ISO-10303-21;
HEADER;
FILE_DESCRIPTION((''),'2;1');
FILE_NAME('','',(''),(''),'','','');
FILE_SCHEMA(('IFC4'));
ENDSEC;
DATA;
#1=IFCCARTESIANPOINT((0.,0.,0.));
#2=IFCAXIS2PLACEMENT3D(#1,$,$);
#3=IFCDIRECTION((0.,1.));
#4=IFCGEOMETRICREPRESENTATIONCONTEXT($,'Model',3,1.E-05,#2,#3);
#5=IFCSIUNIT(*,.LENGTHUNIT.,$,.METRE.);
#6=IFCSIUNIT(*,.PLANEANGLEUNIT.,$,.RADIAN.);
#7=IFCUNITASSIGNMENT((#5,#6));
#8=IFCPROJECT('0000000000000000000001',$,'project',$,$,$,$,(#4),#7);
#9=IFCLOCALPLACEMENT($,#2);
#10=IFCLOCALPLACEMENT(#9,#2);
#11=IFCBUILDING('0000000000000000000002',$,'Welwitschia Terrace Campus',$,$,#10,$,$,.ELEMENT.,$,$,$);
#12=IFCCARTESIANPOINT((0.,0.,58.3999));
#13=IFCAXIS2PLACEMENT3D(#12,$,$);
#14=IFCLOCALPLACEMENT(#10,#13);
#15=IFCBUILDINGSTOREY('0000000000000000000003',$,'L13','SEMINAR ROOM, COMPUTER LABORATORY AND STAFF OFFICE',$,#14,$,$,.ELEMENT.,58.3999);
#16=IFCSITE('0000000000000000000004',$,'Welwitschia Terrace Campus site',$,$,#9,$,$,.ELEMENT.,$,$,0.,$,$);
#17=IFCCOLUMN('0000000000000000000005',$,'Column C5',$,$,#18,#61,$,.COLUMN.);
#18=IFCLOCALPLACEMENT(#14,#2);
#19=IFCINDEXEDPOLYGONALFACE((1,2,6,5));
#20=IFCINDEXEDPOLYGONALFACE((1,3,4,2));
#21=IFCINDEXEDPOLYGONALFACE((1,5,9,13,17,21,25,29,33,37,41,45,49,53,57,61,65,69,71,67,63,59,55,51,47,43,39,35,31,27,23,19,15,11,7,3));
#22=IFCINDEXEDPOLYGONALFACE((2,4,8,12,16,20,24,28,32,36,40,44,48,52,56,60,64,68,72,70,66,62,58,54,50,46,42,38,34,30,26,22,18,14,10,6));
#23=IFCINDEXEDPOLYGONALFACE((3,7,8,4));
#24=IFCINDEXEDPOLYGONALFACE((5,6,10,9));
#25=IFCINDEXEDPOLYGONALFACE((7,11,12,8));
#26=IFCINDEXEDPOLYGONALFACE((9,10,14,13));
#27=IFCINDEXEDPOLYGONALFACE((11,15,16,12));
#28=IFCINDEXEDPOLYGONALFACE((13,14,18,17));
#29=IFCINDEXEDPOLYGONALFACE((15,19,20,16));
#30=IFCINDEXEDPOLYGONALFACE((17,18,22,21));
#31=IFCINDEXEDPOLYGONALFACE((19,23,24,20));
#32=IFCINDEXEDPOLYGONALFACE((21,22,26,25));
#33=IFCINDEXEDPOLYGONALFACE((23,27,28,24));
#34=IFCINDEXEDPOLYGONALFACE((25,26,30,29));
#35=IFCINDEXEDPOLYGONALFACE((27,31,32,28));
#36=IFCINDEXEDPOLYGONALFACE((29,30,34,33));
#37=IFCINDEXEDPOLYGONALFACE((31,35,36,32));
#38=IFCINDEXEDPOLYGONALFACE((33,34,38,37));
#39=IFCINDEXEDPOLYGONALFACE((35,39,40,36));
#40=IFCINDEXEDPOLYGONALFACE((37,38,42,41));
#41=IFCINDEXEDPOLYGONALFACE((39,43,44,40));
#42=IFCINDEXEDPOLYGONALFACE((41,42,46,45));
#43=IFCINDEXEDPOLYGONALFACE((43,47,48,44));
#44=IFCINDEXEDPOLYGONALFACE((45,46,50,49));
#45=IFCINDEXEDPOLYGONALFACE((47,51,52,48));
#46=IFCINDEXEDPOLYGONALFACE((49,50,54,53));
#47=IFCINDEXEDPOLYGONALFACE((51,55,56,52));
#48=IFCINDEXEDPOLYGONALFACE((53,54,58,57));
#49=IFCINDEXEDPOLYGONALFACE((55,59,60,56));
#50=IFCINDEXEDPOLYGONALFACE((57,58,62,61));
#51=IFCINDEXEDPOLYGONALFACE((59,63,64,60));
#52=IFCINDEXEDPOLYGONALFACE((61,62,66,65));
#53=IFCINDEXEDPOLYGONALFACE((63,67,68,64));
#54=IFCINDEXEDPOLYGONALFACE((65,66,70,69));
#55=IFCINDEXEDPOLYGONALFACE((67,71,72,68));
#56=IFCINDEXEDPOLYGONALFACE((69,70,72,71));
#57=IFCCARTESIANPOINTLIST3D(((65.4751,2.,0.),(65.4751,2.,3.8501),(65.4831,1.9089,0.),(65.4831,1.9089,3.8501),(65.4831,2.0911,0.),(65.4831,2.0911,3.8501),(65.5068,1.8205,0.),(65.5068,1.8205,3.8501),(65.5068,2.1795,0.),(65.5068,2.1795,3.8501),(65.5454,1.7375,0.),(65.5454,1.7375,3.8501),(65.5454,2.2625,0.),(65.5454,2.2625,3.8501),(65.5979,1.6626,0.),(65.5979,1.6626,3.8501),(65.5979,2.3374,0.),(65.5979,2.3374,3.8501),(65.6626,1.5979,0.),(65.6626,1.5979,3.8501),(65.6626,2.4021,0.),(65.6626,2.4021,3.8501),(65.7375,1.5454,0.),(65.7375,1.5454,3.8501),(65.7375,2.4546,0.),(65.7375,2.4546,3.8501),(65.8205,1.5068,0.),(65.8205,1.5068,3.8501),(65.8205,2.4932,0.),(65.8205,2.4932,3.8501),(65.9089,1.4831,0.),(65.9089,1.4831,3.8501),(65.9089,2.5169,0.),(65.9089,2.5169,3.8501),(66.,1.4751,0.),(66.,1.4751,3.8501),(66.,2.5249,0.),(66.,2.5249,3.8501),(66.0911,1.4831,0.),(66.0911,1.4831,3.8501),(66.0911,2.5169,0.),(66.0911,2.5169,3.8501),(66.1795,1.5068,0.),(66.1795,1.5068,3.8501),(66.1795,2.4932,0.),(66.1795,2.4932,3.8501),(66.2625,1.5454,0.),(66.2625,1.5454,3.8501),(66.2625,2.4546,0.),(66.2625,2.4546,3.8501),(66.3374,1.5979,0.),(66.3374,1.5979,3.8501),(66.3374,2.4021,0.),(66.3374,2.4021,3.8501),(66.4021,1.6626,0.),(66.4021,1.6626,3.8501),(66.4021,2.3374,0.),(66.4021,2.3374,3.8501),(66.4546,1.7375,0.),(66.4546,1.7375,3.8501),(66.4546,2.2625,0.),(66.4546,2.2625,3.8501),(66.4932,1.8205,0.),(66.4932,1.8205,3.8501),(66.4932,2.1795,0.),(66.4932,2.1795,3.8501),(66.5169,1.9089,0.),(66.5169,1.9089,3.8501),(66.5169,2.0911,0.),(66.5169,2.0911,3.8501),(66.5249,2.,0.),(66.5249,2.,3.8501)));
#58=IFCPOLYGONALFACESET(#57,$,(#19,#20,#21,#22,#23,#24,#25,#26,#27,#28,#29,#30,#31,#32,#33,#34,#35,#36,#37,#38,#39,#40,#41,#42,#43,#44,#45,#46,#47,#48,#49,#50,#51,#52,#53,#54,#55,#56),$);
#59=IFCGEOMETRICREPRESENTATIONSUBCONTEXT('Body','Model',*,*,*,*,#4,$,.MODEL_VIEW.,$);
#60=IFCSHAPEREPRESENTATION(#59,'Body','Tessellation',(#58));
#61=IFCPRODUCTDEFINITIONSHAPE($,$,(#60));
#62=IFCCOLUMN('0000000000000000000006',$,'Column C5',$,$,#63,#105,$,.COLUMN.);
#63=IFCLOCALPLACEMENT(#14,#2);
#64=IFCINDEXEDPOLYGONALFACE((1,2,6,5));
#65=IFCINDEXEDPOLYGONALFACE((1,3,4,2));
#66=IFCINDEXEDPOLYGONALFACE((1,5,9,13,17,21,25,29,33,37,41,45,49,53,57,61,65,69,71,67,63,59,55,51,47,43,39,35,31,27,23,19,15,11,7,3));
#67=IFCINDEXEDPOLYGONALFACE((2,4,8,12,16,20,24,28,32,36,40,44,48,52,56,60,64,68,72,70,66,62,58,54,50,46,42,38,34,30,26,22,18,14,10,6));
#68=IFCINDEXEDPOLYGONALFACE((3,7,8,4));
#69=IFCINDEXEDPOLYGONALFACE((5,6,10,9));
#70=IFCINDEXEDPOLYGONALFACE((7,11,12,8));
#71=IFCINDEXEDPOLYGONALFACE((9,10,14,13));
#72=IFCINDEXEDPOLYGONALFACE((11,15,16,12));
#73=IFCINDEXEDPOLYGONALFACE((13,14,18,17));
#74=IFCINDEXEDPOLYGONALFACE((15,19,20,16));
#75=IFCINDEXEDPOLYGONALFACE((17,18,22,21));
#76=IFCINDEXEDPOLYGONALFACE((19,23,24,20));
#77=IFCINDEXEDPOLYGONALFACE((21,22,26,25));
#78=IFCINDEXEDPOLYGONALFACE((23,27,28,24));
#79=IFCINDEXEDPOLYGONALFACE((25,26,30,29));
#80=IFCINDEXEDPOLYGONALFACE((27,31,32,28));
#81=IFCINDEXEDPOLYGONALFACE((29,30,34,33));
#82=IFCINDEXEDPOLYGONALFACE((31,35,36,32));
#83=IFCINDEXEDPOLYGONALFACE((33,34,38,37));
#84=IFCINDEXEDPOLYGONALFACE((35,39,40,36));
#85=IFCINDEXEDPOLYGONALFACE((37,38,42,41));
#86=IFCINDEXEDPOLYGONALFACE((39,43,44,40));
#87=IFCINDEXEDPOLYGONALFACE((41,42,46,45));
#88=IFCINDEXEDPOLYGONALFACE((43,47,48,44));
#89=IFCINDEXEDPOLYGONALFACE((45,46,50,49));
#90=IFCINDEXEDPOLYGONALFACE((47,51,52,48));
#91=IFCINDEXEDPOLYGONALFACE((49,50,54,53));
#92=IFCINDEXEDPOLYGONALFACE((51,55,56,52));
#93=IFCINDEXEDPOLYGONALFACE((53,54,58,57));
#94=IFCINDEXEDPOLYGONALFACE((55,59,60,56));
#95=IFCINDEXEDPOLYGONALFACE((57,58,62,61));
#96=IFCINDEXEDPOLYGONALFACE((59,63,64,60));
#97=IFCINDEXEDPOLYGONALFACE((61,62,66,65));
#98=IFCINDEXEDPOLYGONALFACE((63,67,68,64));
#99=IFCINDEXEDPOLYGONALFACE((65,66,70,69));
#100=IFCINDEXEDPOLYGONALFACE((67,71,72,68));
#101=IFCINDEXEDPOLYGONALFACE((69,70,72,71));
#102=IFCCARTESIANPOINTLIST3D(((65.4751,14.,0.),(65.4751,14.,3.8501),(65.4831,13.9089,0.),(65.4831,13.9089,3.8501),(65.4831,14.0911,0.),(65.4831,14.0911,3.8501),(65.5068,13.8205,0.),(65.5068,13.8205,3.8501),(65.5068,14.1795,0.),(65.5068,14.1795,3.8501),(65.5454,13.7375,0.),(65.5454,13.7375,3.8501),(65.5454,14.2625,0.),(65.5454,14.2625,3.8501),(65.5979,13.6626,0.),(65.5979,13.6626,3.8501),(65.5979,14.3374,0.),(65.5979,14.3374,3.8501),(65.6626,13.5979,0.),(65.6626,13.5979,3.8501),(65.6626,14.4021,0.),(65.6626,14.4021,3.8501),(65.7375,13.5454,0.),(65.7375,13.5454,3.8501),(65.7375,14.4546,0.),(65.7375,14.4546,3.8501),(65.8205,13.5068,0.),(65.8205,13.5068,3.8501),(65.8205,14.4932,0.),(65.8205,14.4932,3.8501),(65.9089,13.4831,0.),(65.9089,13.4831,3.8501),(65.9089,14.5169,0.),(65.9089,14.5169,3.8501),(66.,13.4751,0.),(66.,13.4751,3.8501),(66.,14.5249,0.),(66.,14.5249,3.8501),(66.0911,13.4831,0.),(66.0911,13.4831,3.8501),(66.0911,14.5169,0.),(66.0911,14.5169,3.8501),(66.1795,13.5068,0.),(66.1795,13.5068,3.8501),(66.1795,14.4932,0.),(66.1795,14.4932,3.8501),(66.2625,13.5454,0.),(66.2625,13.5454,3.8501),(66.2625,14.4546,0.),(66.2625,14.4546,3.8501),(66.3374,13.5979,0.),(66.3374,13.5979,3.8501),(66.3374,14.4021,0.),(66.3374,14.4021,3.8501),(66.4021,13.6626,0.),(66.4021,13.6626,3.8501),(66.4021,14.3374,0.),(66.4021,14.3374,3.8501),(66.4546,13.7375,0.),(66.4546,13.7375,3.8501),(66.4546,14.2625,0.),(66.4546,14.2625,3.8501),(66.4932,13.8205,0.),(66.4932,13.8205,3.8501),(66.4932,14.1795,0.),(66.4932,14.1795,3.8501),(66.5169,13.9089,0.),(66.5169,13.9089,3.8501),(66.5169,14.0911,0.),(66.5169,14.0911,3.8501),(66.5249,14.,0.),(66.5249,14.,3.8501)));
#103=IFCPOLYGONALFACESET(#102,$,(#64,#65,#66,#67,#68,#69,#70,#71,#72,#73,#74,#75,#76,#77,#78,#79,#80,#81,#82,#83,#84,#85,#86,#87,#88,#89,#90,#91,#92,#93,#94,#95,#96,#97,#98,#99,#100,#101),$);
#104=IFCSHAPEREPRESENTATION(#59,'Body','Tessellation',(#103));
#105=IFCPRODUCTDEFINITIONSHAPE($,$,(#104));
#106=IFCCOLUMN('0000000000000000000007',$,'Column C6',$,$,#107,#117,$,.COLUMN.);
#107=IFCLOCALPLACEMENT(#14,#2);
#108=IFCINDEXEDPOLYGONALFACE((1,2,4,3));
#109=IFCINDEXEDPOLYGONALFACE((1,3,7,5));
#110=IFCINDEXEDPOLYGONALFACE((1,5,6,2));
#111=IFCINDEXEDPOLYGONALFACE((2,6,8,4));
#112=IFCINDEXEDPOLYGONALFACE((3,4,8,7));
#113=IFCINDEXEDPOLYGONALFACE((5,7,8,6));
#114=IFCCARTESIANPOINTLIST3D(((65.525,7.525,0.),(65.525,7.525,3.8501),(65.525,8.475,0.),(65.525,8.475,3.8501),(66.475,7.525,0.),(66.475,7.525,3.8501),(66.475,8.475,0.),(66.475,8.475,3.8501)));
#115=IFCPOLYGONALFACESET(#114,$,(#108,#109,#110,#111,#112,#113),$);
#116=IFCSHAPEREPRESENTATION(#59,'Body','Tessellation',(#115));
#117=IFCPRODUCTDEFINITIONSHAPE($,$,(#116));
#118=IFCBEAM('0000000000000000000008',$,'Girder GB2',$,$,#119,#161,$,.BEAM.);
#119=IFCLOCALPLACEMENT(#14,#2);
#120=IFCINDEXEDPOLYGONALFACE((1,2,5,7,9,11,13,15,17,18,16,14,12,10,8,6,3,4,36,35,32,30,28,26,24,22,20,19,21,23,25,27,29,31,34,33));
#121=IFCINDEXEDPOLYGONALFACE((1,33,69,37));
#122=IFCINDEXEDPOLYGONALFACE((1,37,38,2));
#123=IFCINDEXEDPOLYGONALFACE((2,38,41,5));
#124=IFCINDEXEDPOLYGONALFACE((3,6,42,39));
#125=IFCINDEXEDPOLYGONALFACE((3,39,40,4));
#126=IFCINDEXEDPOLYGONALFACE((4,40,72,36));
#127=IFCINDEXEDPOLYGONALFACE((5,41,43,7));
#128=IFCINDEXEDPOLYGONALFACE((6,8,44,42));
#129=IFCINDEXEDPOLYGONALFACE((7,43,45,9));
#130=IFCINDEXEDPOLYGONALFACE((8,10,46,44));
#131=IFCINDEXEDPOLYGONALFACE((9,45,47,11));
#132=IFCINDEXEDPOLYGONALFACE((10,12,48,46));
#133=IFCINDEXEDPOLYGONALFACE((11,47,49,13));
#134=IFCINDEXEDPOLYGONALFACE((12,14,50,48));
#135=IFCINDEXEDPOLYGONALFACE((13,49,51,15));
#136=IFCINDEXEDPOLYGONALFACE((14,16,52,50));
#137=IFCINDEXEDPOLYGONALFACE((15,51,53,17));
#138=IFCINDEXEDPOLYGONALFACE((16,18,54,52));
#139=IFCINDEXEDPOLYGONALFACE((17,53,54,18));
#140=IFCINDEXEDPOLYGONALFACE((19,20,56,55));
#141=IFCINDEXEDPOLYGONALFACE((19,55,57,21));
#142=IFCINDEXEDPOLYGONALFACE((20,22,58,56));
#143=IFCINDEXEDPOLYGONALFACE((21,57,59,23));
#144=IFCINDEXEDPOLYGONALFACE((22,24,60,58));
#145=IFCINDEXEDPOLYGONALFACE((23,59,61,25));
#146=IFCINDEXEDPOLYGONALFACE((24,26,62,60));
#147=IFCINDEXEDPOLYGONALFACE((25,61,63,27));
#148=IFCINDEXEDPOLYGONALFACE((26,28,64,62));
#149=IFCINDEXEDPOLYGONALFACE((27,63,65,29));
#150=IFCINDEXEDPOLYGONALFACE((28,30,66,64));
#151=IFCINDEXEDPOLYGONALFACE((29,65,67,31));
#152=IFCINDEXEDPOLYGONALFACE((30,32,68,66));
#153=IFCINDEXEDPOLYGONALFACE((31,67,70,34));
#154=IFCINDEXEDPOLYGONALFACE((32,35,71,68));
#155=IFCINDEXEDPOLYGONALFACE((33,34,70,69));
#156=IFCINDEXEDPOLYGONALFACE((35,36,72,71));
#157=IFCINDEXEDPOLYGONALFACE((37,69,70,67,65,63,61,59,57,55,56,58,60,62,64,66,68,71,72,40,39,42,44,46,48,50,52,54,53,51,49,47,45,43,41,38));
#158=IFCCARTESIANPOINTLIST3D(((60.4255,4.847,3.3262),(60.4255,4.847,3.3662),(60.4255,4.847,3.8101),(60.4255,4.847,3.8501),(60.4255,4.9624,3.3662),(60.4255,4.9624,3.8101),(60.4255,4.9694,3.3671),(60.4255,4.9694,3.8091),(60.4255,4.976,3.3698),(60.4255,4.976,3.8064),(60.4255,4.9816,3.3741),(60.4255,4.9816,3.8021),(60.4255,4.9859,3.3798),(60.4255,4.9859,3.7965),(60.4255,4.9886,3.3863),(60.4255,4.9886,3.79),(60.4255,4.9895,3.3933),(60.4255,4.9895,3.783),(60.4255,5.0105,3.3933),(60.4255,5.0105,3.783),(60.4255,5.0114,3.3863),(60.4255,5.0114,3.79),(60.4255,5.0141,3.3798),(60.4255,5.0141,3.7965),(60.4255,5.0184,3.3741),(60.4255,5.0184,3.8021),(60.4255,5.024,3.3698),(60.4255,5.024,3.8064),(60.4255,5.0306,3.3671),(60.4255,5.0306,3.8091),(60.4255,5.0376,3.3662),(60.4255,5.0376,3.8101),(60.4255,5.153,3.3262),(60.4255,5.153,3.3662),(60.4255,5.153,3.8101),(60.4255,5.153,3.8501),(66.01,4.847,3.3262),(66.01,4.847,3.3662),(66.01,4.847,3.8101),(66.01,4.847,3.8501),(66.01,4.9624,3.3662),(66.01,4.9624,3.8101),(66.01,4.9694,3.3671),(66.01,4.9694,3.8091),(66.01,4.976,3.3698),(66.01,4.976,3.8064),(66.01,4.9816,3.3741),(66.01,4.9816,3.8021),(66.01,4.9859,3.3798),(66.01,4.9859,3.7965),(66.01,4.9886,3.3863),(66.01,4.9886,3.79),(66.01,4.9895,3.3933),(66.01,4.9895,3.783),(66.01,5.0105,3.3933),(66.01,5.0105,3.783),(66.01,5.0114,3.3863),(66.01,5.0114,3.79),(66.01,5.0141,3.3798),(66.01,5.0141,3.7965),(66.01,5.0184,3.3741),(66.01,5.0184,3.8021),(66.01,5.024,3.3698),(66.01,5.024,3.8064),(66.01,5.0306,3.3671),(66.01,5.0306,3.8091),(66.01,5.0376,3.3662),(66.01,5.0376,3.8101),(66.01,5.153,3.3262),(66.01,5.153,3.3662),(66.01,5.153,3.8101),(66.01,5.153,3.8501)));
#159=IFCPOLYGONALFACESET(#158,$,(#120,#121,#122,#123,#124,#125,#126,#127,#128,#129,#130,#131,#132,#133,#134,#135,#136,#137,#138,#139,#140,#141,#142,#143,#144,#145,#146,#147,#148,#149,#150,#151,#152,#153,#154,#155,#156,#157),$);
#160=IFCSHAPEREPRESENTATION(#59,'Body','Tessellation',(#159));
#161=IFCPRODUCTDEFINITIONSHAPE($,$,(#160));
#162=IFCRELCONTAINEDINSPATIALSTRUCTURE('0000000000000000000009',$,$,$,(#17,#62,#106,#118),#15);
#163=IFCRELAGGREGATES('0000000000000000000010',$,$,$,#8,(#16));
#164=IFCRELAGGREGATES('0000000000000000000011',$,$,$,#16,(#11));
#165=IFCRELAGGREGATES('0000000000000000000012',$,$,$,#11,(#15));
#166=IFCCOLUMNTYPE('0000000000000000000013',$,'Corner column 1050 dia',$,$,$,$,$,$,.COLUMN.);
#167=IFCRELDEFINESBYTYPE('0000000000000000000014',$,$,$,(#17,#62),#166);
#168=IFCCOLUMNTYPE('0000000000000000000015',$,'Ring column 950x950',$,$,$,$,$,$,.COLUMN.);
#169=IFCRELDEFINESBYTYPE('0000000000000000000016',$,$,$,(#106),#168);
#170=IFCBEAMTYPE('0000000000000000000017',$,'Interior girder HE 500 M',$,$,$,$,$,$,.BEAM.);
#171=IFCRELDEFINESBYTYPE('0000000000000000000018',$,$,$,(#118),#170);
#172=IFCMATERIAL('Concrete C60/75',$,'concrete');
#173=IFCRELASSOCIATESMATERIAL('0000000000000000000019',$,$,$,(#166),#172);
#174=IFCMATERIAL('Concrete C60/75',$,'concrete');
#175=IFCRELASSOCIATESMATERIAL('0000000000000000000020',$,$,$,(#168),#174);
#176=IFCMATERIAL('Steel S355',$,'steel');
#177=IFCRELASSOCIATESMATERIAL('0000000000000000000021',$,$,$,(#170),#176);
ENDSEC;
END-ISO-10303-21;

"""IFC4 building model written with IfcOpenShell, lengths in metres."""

from ifc_helpers import new_model, si_unit, direction, frame, origin, origin_2d, place, context, subcontext, project, spatial, rectangle, circle, i_section, extrude, material, material_profile, profile_set, type_object, element, save


model = new_model("IFC4")

# Units and contexts
model_context = context("Model", 3, precision=1e-05, world=origin(), true_north=direction((0.0, 1.0)))
body_context = subcontext(model_context, "Body", "Model", "MODEL_VIEW")
ifc_project = project(units=[si_unit("LENGTHUNIT", "METRE"), si_unit("PLANEANGLEUNIT", "RADIAN")], contexts=[model_context])

# Site, building, storey
site_placement = place(None, origin())
site = spatial("IfcSite", under=ifc_project, at=site_placement, Name="Welwitschia Terrace Campus site", CompositionType="ELEMENT", RefElevation=0.0)
building_placement = place(site_placement, origin())
building = spatial("IfcBuilding", under=site, at=building_placement, Name="Welwitschia Terrace Campus", CompositionType="ELEMENT")
storey_placement = place(building_placement, frame((0.0, 0.0, 58.3999)))
storey = spatial("IfcBuildingStorey", under=building, at=storey_placement, Name="L13", Description="SEMINAR ROOM, COMPUTER LABORATORY AND STAFF OFFICE", CompositionType="ELEMENT", Elevation=58.3999)

# Columns
ifc_material_1 = material(Name="Concrete C60/75", Category="concrete")
ifc_material_profile_1 = material_profile(ifc_material_1, circle(Radius=0.5249, at=origin_2d()))
ifc_profile_set_1 = profile_set([ifc_material_profile_1], Name="Concrete C60/75")
column_type_1 = type_object("IfcColumnType", Name="Corner column 1050 dia", PredefinedType="COLUMN", material=ifc_profile_set_1)
for number, where, z_axis, x_axis, name in (
    (1, (66.0, 2.0, 0.0), (0.0, 0.0, 1.0), (1.0, 0.0, 0.0), "Column C5"),
    (2, (66.0, 14.0, 0.0), (0.0, 0.0, 1.0), (1.0, 0.0, 0.0), "Column C5"),
):
    element("IfcColumn", number, at=place(storey_placement, frame(where, z_axis=z_axis, x_axis=x_axis)), inside=storey, type_object=column_type_1, Name=name, PredefinedType="COLUMN", context=body_context, shape_type="SweptSolid", body=[
        extrude(circle(Radius=0.5249, at=origin_2d()), origin(), (0.0, 0.0, 1.0), 3.8501),
    ])
ifc_material_2 = material(Name="Concrete C60/75", Category="concrete")
ifc_material_profile_2 = material_profile(ifc_material_2, rectangle(XDim=0.95, YDim=0.95, at=origin_2d()))
ifc_profile_set_2 = profile_set([ifc_material_profile_2], Name="Concrete C60/75")
column_type_2 = type_object("IfcColumnType", Name="Ring column 950x950", PredefinedType="COLUMN", material=ifc_profile_set_2)
column_placement = place(storey_placement, frame((66.0, 8.0, 0.0), z_axis=(0.0, 0.0, 1.0), x_axis=(1.0, 0.0, 0.0)))
element("IfcColumn", 3, at=column_placement, inside=storey, type_object=column_type_2, Name="Column C6", PredefinedType="COLUMN", context=body_context, shape_type="SweptSolid", body=[
    extrude(rectangle(XDim=0.95, YDim=0.95, at=origin_2d()), origin(), (0.0, 0.0, 1.0), 3.8501),
])

# Beam
ifc_material_3 = material(Name="Steel S355", Category="steel")
ifc_material_profile_3 = material_profile(ifc_material_3, i_section(OverallWidth=0.3059, OverallDepth=0.5239, WebThickness=0.021, FlangeThickness=0.04, FilletRadius=0.0271, at=origin_2d()))
ifc_profile_set_3 = profile_set([ifc_material_profile_3], Name="Steel S355")
beam_type_1 = type_object("IfcBeamType", Name="Interior girder HE 500 M", PredefinedType="BEAM", material=ifc_profile_set_3)
for number, where, z_axis, x_axis, name in (
    (4, (60.4255, 5.0, 3.5881), (1.0, 0.0, 0.0), (0.0, 1.0, 0.0), "Girder GB2"),
):
    element("IfcBeam", number, at=place(storey_placement, frame(where, z_axis=z_axis, x_axis=x_axis)), inside=storey, type_object=beam_type_1, Name=name, PredefinedType="BEAM", context=body_context, shape_type="SweptSolid", body=[
        extrude(i_section(OverallWidth=0.3059, OverallDepth=0.5239, WebThickness=0.021, FlangeThickness=0.04, FilletRadius=0.0271, at=origin_2d()), origin(), (0.0, 0.0, 1.0), 5.5845),
    ])

save(model, "model.ifc")
